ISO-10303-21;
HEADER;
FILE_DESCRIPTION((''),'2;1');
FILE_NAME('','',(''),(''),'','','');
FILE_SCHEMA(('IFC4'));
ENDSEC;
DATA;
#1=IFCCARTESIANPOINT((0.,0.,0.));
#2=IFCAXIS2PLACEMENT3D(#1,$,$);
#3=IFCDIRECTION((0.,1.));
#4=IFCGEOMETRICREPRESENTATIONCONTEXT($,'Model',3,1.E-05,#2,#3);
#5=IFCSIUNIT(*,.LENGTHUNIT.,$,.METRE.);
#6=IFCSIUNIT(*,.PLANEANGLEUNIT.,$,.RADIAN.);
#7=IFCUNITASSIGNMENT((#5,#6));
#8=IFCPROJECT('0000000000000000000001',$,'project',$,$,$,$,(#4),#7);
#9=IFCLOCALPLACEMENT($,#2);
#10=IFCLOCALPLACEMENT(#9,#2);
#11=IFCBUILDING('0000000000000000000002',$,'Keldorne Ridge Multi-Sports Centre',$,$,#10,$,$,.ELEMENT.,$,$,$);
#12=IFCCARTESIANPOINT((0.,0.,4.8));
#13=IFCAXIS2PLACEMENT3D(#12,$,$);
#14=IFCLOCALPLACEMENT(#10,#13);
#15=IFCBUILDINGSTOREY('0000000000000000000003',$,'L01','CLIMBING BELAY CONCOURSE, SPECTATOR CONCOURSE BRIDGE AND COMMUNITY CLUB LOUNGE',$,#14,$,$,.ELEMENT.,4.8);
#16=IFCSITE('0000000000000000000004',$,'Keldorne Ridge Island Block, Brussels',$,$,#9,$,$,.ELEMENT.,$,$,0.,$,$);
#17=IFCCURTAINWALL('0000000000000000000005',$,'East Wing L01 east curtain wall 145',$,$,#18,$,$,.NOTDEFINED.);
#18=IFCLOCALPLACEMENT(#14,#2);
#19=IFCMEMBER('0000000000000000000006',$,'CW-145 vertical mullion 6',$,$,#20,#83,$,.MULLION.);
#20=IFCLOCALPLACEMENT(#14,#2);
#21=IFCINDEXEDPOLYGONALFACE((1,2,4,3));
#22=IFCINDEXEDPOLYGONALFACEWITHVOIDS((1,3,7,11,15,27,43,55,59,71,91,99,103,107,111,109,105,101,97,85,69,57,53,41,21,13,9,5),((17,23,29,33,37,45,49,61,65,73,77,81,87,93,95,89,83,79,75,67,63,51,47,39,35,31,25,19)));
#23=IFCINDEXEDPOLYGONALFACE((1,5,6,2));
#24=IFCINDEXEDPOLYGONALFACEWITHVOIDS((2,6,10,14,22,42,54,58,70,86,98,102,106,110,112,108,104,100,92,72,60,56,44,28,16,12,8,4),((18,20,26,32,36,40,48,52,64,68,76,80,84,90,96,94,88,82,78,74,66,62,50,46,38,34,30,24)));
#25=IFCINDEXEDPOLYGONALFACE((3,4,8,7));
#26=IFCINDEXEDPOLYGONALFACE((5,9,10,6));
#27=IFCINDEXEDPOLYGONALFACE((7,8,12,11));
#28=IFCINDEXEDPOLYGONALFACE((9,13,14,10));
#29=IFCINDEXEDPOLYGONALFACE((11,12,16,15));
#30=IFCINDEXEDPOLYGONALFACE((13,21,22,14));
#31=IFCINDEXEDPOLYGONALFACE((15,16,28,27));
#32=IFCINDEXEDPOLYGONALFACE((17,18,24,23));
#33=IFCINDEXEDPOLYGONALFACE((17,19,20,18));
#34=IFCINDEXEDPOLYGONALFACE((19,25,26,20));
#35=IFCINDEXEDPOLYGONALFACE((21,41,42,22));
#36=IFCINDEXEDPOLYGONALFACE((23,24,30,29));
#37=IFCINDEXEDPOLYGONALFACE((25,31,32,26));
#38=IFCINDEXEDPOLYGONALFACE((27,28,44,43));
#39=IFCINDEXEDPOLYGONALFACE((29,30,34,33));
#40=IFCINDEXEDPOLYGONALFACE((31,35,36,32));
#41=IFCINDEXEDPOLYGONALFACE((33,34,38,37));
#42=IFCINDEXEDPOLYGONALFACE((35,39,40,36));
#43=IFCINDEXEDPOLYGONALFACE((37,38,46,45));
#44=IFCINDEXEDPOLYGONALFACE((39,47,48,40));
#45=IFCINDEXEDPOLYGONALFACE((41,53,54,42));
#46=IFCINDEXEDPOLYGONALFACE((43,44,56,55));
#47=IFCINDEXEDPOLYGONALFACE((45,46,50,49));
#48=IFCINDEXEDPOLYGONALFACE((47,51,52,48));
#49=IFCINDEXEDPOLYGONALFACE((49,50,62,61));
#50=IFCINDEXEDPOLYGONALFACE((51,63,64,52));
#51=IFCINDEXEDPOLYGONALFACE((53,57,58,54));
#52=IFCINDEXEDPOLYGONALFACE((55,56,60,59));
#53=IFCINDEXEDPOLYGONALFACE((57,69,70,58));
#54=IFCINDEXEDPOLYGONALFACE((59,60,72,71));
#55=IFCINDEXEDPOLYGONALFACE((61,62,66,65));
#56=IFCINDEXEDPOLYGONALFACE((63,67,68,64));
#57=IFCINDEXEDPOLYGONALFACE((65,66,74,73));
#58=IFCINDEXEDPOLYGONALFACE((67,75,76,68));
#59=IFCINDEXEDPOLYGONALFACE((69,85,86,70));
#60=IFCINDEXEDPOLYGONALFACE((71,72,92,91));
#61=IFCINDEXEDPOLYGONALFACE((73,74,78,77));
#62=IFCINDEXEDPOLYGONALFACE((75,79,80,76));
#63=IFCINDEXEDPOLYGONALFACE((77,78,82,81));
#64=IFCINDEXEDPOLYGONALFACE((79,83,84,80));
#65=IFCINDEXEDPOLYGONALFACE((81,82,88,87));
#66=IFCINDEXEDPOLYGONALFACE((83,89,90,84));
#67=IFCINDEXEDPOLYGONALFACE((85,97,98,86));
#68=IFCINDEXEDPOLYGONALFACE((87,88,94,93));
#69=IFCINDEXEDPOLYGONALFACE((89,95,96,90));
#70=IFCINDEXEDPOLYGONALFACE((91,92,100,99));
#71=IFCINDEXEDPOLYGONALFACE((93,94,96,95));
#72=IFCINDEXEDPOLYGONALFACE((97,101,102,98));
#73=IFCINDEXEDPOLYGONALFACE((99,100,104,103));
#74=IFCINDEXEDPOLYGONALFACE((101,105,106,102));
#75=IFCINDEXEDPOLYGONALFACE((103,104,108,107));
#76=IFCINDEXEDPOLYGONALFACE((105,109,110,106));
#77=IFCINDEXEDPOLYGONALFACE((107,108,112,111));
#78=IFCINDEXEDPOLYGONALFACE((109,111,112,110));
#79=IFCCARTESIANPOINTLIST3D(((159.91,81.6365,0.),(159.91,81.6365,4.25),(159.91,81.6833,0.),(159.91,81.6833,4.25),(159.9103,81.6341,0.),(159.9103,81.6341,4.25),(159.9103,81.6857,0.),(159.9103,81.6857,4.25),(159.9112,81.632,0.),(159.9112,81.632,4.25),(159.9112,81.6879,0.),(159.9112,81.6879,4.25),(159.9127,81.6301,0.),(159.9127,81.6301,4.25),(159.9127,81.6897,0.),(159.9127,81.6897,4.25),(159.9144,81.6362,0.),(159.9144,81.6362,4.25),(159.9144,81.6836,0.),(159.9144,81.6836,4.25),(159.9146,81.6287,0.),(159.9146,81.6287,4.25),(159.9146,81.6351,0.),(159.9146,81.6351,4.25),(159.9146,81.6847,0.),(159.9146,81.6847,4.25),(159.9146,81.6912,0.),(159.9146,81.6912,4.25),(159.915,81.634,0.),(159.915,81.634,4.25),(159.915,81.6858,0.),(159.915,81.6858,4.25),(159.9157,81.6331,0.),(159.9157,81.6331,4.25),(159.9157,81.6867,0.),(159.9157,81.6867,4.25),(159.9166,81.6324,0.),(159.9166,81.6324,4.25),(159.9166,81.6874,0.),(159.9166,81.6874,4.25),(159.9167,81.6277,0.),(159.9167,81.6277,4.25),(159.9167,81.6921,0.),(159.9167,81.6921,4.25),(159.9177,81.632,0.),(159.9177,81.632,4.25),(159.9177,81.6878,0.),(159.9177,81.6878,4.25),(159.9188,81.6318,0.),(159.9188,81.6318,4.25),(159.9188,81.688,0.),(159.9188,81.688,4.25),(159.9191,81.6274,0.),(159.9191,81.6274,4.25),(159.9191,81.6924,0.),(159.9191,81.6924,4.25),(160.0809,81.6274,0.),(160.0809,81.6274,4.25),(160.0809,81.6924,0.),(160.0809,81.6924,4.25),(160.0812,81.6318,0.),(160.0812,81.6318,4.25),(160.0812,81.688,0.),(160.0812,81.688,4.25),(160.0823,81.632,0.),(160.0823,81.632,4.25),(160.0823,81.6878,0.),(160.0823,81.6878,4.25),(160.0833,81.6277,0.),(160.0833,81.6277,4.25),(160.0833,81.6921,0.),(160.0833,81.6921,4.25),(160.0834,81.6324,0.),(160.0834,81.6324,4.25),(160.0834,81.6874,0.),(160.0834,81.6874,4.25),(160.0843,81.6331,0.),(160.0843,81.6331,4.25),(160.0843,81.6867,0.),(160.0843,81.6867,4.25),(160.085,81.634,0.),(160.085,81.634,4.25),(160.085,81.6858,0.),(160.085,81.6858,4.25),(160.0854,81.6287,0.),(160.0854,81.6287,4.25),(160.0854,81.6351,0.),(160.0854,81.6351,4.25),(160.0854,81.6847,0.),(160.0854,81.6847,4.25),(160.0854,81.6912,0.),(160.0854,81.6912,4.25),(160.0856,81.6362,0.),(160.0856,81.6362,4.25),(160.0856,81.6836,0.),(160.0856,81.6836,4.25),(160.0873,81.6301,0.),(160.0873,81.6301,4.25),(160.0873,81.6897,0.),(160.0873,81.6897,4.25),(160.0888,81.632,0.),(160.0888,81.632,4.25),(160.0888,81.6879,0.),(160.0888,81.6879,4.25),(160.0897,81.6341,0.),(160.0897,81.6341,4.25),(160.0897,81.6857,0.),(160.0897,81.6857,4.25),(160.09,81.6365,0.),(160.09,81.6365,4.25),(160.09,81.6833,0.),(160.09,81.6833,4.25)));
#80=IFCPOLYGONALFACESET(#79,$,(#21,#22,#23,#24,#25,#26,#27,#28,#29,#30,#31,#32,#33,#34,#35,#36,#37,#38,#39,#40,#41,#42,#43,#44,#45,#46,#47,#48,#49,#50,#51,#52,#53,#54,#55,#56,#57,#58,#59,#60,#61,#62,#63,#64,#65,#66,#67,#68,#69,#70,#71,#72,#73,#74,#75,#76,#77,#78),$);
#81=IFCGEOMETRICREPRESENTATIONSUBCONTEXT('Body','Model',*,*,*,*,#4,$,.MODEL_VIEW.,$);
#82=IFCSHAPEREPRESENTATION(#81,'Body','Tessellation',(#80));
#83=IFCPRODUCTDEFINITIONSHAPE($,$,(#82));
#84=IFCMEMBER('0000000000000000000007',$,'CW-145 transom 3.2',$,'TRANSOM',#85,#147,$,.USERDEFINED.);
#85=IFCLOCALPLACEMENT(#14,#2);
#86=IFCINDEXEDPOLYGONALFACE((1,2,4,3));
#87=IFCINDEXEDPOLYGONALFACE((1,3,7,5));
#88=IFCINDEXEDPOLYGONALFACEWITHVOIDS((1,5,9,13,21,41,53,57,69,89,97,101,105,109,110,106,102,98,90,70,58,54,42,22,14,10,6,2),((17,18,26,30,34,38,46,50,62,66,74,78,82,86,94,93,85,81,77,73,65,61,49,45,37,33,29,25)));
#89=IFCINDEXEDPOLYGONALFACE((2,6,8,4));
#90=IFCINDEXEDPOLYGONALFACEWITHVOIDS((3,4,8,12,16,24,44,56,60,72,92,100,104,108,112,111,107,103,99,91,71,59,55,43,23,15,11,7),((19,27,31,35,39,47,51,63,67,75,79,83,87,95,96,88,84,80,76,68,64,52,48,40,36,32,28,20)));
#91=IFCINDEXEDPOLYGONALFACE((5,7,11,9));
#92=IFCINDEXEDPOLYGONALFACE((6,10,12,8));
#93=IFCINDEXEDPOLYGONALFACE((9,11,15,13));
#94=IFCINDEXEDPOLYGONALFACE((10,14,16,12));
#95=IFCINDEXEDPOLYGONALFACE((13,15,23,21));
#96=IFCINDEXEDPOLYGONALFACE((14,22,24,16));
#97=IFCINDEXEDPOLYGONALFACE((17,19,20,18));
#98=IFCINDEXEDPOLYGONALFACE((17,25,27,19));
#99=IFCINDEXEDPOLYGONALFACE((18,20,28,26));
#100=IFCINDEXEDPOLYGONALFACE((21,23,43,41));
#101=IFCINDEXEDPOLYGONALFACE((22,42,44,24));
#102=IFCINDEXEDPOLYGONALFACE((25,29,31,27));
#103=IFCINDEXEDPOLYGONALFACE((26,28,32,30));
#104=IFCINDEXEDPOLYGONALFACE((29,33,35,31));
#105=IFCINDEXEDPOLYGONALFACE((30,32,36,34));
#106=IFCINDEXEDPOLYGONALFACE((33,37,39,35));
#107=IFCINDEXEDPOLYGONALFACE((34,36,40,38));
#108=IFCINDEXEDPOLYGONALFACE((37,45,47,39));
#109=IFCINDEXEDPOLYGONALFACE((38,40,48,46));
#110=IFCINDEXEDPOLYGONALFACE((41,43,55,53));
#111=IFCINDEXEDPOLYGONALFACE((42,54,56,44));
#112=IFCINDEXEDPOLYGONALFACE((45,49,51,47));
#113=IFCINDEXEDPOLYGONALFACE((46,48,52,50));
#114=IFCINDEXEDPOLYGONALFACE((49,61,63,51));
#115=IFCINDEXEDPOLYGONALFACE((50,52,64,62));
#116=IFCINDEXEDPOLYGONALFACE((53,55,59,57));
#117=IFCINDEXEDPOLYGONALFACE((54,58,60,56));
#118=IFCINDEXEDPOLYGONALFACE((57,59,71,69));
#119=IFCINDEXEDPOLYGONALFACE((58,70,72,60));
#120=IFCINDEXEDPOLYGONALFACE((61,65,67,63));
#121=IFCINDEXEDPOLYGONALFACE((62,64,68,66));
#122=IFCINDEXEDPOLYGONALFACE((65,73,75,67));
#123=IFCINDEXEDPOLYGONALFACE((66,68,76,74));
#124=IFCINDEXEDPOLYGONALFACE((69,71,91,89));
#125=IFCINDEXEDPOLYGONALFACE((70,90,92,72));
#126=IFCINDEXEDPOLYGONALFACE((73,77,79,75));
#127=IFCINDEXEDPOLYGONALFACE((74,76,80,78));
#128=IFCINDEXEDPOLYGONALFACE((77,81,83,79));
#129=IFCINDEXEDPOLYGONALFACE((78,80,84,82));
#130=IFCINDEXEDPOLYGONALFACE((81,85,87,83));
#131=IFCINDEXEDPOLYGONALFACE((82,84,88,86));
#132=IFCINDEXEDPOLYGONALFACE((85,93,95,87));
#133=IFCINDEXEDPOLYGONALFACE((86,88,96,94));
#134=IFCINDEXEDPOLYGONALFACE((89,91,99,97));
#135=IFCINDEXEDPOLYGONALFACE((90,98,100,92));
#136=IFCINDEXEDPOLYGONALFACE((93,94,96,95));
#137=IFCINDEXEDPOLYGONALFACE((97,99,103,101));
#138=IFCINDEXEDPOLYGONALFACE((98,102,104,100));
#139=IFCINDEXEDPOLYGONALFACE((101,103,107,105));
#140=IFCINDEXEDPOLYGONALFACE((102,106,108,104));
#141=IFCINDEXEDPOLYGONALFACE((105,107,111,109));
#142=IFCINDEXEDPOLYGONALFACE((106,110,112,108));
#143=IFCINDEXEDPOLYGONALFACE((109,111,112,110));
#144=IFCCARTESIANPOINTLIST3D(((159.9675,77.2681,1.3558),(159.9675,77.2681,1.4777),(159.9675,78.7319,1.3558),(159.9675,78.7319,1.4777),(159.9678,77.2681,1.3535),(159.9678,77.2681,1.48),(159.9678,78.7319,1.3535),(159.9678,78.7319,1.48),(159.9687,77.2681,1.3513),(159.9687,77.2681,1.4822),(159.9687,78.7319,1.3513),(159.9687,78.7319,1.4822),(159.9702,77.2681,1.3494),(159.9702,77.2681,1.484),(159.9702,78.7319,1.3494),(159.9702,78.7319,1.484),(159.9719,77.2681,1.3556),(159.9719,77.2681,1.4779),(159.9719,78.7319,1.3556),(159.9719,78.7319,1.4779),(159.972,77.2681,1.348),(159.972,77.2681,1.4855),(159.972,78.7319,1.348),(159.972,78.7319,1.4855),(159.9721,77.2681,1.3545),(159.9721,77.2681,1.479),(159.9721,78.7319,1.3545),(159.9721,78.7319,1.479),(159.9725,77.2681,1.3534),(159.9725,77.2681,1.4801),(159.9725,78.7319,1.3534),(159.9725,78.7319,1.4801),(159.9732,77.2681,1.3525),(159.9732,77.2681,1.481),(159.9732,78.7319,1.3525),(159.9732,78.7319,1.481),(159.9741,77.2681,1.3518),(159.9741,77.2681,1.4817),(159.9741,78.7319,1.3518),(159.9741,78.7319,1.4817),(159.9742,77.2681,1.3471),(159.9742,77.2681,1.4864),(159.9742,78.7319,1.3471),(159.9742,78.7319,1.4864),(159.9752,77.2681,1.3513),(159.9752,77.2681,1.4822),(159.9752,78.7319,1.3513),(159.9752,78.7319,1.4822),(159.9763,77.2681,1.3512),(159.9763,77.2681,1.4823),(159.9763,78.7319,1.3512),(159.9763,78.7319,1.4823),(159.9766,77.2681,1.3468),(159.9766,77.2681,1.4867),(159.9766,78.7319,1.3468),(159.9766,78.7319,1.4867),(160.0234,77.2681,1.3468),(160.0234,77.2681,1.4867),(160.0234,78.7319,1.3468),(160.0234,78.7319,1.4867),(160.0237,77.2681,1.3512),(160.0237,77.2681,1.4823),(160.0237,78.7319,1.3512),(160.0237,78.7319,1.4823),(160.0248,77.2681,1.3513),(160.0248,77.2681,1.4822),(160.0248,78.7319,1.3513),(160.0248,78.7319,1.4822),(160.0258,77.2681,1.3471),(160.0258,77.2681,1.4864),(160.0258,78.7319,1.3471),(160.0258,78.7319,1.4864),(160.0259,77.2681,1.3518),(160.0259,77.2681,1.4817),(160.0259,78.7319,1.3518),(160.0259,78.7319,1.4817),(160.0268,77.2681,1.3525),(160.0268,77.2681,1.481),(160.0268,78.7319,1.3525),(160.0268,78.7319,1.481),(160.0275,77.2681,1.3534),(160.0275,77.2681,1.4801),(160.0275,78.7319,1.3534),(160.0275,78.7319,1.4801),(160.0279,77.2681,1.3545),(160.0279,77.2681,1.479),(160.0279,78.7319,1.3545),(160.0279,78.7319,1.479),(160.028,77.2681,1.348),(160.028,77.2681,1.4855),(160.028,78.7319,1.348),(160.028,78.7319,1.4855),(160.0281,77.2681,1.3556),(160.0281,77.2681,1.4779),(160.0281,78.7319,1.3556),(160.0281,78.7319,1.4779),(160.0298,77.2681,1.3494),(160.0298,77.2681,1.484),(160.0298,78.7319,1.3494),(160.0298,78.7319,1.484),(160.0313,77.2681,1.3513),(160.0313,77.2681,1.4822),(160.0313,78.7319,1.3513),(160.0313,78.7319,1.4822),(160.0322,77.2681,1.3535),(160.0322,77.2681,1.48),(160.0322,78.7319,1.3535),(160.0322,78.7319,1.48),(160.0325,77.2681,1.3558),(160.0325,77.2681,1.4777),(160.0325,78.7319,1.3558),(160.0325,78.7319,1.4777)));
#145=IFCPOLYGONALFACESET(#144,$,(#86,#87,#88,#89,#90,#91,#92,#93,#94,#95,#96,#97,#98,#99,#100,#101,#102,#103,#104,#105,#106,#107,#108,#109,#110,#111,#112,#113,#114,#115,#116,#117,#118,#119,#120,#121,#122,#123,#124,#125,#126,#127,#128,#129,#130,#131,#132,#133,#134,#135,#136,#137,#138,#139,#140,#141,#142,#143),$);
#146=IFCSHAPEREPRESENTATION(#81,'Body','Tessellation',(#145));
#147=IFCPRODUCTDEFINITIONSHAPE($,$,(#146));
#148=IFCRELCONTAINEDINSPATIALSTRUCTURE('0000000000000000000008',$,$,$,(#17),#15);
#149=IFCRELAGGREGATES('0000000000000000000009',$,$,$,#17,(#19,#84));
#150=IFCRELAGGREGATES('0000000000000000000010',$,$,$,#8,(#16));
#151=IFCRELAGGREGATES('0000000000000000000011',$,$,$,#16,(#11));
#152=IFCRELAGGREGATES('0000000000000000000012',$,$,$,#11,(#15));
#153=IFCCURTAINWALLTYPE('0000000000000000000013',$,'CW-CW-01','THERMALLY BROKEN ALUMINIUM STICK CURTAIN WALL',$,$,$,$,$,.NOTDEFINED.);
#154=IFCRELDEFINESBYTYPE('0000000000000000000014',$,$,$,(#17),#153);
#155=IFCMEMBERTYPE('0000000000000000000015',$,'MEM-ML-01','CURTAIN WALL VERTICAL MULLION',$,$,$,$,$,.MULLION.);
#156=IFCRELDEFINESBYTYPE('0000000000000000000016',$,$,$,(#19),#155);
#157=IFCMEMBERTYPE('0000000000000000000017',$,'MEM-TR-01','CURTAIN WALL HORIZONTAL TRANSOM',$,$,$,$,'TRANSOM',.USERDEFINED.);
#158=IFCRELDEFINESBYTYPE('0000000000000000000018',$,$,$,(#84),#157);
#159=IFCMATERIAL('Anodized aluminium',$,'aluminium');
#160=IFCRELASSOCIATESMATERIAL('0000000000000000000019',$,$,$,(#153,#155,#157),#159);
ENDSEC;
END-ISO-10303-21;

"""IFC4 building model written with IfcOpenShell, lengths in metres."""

from ifc_helpers import new_model, si_unit, direction, frame, origin, origin_2d, place, context, subcontext, project, spatial, hollow_rectangle, extrude, material, material_profile, profile_set, type_object, element, aggregate, save


model = new_model("IFC4")

# Units and contexts
model_context = context("Model", 3, precision=1e-05, world=origin(), true_north=direction((0.0, 1.0)))
body_context = subcontext(model_context, "Body", "Model", "MODEL_VIEW")
ifc_project = project(units=[si_unit("LENGTHUNIT", "METRE"), si_unit("PLANEANGLEUNIT", "RADIAN")], contexts=[model_context])

# Site, building, storey
site_placement = place(None, origin())
site = spatial("IfcSite", under=ifc_project, at=site_placement, Name="Keldorne Ridge Island Block, Brussels", CompositionType="ELEMENT", RefElevation=0.0)
building_placement = place(site_placement, origin())
building = spatial("IfcBuilding", under=site, at=building_placement, Name="Keldorne Ridge Multi-Sports Centre", CompositionType="ELEMENT")
storey_placement = place(building_placement, frame((0.0, 0.0, 4.8)))
storey = spatial("IfcBuildingStorey", under=building, at=storey_placement, Name="L01", Description="CLIMBING BELAY CONCOURSE, SPECTATOR CONCOURSE BRIDGE AND COMMUNITY CLUB LOUNGE", CompositionType="ELEMENT", Elevation=4.8)

# Curtain wall, members
ifc_material_1 = material(Name="Anodized aluminium", Category="aluminium")
curtain_wall_type = type_object("IfcCurtainWallType", Name="CW-CW-01", Description="THERMALLY BROKEN ALUMINIUM STICK CURTAIN WALL", PredefinedType="NOTDEFINED", material=ifc_material_1)
curtain_wall_placement = place(storey_placement, origin())
curtain_wall = element("IfcCurtainWall", 1, at=curtain_wall_placement, inside=storey, type_object=curtain_wall_type, Name="East Wing L01 east curtain wall 145", PredefinedType="NOTDEFINED")
ifc_material_profile_1 = material_profile(ifc_material_1, hollow_rectangle(XDim=0.0649, YDim=0.1799, WallThickness=0.0044, InnerFilletRadius=0.0044, OuterFilletRadius=0.009, at=origin_2d()), Name="ALU MULLION 180x65x4.5")
ifc_profile_set_1 = profile_set([ifc_material_profile_1], Name="Anodized aluminium")
member_type_1 = type_object("IfcMemberType", Name="MEM-ML-01", Description="CURTAIN WALL VERTICAL MULLION", PredefinedType="MULLION", material=ifc_profile_set_1)
member_1_placement = place(storey_placement, frame((160.0, 81.6599, 0.0), z_axis=(0.0, 0.0, 1.0), x_axis=(0.0, 1.0, 0.0)))
member_1 = element("IfcMember", 2, at=member_1_placement, type_object=member_type_1, Name="CW-145 vertical mullion 6", PredefinedType="MULLION", context=body_context, shape_type="SweptSolid", body=[
    extrude(hollow_rectangle(XDim=0.0649, YDim=0.1799, WallThickness=0.0044, InnerFilletRadius=0.0044, OuterFilletRadius=0.009, at=origin_2d()), origin(), (0.0, 0.0, 1.0), 4.25),
])
ifc_material_profile_2 = material_profile(ifc_material_1, hollow_rectangle(XDim=0.0649, YDim=0.1399, WallThickness=0.0044, InnerFilletRadius=0.0044, OuterFilletRadius=0.009, at=origin_2d()), Name="ALU TRANSOM 140x65x4.5")
ifc_profile_set_2 = profile_set([ifc_material_profile_2], Name="Anodized aluminium")
member_type_2 = type_object("IfcMemberType", Name="MEM-TR-01", Description="CURTAIN WALL HORIZONTAL TRANSOM", ElementType="TRANSOM", PredefinedType="USERDEFINED", material=ifc_profile_set_2)
member_2_placement = place(storey_placement, frame((160.0, 77.2681, 1.4167), z_axis=(0.0, 1.0, 0.0), x_axis=(-1.0, 0.0, 0.0)))
member_2 = element("IfcMember", 3, at=member_2_placement, type_object=member_type_2, Name="CW-145 transom 3.2", ObjectType="TRANSOM", PredefinedType="USERDEFINED", context=body_context, shape_type="SweptSolid", body=[
    extrude(hollow_rectangle(XDim=0.0649, YDim=0.1399, WallThickness=0.0044, InnerFilletRadius=0.0044, OuterFilletRadius=0.009, at=origin_2d()), origin(), (0.0, 0.0, 1.0), 1.4639),
])
aggregate(curtain_wall, [member_1, member_2])

save(model, "model.ifc")
